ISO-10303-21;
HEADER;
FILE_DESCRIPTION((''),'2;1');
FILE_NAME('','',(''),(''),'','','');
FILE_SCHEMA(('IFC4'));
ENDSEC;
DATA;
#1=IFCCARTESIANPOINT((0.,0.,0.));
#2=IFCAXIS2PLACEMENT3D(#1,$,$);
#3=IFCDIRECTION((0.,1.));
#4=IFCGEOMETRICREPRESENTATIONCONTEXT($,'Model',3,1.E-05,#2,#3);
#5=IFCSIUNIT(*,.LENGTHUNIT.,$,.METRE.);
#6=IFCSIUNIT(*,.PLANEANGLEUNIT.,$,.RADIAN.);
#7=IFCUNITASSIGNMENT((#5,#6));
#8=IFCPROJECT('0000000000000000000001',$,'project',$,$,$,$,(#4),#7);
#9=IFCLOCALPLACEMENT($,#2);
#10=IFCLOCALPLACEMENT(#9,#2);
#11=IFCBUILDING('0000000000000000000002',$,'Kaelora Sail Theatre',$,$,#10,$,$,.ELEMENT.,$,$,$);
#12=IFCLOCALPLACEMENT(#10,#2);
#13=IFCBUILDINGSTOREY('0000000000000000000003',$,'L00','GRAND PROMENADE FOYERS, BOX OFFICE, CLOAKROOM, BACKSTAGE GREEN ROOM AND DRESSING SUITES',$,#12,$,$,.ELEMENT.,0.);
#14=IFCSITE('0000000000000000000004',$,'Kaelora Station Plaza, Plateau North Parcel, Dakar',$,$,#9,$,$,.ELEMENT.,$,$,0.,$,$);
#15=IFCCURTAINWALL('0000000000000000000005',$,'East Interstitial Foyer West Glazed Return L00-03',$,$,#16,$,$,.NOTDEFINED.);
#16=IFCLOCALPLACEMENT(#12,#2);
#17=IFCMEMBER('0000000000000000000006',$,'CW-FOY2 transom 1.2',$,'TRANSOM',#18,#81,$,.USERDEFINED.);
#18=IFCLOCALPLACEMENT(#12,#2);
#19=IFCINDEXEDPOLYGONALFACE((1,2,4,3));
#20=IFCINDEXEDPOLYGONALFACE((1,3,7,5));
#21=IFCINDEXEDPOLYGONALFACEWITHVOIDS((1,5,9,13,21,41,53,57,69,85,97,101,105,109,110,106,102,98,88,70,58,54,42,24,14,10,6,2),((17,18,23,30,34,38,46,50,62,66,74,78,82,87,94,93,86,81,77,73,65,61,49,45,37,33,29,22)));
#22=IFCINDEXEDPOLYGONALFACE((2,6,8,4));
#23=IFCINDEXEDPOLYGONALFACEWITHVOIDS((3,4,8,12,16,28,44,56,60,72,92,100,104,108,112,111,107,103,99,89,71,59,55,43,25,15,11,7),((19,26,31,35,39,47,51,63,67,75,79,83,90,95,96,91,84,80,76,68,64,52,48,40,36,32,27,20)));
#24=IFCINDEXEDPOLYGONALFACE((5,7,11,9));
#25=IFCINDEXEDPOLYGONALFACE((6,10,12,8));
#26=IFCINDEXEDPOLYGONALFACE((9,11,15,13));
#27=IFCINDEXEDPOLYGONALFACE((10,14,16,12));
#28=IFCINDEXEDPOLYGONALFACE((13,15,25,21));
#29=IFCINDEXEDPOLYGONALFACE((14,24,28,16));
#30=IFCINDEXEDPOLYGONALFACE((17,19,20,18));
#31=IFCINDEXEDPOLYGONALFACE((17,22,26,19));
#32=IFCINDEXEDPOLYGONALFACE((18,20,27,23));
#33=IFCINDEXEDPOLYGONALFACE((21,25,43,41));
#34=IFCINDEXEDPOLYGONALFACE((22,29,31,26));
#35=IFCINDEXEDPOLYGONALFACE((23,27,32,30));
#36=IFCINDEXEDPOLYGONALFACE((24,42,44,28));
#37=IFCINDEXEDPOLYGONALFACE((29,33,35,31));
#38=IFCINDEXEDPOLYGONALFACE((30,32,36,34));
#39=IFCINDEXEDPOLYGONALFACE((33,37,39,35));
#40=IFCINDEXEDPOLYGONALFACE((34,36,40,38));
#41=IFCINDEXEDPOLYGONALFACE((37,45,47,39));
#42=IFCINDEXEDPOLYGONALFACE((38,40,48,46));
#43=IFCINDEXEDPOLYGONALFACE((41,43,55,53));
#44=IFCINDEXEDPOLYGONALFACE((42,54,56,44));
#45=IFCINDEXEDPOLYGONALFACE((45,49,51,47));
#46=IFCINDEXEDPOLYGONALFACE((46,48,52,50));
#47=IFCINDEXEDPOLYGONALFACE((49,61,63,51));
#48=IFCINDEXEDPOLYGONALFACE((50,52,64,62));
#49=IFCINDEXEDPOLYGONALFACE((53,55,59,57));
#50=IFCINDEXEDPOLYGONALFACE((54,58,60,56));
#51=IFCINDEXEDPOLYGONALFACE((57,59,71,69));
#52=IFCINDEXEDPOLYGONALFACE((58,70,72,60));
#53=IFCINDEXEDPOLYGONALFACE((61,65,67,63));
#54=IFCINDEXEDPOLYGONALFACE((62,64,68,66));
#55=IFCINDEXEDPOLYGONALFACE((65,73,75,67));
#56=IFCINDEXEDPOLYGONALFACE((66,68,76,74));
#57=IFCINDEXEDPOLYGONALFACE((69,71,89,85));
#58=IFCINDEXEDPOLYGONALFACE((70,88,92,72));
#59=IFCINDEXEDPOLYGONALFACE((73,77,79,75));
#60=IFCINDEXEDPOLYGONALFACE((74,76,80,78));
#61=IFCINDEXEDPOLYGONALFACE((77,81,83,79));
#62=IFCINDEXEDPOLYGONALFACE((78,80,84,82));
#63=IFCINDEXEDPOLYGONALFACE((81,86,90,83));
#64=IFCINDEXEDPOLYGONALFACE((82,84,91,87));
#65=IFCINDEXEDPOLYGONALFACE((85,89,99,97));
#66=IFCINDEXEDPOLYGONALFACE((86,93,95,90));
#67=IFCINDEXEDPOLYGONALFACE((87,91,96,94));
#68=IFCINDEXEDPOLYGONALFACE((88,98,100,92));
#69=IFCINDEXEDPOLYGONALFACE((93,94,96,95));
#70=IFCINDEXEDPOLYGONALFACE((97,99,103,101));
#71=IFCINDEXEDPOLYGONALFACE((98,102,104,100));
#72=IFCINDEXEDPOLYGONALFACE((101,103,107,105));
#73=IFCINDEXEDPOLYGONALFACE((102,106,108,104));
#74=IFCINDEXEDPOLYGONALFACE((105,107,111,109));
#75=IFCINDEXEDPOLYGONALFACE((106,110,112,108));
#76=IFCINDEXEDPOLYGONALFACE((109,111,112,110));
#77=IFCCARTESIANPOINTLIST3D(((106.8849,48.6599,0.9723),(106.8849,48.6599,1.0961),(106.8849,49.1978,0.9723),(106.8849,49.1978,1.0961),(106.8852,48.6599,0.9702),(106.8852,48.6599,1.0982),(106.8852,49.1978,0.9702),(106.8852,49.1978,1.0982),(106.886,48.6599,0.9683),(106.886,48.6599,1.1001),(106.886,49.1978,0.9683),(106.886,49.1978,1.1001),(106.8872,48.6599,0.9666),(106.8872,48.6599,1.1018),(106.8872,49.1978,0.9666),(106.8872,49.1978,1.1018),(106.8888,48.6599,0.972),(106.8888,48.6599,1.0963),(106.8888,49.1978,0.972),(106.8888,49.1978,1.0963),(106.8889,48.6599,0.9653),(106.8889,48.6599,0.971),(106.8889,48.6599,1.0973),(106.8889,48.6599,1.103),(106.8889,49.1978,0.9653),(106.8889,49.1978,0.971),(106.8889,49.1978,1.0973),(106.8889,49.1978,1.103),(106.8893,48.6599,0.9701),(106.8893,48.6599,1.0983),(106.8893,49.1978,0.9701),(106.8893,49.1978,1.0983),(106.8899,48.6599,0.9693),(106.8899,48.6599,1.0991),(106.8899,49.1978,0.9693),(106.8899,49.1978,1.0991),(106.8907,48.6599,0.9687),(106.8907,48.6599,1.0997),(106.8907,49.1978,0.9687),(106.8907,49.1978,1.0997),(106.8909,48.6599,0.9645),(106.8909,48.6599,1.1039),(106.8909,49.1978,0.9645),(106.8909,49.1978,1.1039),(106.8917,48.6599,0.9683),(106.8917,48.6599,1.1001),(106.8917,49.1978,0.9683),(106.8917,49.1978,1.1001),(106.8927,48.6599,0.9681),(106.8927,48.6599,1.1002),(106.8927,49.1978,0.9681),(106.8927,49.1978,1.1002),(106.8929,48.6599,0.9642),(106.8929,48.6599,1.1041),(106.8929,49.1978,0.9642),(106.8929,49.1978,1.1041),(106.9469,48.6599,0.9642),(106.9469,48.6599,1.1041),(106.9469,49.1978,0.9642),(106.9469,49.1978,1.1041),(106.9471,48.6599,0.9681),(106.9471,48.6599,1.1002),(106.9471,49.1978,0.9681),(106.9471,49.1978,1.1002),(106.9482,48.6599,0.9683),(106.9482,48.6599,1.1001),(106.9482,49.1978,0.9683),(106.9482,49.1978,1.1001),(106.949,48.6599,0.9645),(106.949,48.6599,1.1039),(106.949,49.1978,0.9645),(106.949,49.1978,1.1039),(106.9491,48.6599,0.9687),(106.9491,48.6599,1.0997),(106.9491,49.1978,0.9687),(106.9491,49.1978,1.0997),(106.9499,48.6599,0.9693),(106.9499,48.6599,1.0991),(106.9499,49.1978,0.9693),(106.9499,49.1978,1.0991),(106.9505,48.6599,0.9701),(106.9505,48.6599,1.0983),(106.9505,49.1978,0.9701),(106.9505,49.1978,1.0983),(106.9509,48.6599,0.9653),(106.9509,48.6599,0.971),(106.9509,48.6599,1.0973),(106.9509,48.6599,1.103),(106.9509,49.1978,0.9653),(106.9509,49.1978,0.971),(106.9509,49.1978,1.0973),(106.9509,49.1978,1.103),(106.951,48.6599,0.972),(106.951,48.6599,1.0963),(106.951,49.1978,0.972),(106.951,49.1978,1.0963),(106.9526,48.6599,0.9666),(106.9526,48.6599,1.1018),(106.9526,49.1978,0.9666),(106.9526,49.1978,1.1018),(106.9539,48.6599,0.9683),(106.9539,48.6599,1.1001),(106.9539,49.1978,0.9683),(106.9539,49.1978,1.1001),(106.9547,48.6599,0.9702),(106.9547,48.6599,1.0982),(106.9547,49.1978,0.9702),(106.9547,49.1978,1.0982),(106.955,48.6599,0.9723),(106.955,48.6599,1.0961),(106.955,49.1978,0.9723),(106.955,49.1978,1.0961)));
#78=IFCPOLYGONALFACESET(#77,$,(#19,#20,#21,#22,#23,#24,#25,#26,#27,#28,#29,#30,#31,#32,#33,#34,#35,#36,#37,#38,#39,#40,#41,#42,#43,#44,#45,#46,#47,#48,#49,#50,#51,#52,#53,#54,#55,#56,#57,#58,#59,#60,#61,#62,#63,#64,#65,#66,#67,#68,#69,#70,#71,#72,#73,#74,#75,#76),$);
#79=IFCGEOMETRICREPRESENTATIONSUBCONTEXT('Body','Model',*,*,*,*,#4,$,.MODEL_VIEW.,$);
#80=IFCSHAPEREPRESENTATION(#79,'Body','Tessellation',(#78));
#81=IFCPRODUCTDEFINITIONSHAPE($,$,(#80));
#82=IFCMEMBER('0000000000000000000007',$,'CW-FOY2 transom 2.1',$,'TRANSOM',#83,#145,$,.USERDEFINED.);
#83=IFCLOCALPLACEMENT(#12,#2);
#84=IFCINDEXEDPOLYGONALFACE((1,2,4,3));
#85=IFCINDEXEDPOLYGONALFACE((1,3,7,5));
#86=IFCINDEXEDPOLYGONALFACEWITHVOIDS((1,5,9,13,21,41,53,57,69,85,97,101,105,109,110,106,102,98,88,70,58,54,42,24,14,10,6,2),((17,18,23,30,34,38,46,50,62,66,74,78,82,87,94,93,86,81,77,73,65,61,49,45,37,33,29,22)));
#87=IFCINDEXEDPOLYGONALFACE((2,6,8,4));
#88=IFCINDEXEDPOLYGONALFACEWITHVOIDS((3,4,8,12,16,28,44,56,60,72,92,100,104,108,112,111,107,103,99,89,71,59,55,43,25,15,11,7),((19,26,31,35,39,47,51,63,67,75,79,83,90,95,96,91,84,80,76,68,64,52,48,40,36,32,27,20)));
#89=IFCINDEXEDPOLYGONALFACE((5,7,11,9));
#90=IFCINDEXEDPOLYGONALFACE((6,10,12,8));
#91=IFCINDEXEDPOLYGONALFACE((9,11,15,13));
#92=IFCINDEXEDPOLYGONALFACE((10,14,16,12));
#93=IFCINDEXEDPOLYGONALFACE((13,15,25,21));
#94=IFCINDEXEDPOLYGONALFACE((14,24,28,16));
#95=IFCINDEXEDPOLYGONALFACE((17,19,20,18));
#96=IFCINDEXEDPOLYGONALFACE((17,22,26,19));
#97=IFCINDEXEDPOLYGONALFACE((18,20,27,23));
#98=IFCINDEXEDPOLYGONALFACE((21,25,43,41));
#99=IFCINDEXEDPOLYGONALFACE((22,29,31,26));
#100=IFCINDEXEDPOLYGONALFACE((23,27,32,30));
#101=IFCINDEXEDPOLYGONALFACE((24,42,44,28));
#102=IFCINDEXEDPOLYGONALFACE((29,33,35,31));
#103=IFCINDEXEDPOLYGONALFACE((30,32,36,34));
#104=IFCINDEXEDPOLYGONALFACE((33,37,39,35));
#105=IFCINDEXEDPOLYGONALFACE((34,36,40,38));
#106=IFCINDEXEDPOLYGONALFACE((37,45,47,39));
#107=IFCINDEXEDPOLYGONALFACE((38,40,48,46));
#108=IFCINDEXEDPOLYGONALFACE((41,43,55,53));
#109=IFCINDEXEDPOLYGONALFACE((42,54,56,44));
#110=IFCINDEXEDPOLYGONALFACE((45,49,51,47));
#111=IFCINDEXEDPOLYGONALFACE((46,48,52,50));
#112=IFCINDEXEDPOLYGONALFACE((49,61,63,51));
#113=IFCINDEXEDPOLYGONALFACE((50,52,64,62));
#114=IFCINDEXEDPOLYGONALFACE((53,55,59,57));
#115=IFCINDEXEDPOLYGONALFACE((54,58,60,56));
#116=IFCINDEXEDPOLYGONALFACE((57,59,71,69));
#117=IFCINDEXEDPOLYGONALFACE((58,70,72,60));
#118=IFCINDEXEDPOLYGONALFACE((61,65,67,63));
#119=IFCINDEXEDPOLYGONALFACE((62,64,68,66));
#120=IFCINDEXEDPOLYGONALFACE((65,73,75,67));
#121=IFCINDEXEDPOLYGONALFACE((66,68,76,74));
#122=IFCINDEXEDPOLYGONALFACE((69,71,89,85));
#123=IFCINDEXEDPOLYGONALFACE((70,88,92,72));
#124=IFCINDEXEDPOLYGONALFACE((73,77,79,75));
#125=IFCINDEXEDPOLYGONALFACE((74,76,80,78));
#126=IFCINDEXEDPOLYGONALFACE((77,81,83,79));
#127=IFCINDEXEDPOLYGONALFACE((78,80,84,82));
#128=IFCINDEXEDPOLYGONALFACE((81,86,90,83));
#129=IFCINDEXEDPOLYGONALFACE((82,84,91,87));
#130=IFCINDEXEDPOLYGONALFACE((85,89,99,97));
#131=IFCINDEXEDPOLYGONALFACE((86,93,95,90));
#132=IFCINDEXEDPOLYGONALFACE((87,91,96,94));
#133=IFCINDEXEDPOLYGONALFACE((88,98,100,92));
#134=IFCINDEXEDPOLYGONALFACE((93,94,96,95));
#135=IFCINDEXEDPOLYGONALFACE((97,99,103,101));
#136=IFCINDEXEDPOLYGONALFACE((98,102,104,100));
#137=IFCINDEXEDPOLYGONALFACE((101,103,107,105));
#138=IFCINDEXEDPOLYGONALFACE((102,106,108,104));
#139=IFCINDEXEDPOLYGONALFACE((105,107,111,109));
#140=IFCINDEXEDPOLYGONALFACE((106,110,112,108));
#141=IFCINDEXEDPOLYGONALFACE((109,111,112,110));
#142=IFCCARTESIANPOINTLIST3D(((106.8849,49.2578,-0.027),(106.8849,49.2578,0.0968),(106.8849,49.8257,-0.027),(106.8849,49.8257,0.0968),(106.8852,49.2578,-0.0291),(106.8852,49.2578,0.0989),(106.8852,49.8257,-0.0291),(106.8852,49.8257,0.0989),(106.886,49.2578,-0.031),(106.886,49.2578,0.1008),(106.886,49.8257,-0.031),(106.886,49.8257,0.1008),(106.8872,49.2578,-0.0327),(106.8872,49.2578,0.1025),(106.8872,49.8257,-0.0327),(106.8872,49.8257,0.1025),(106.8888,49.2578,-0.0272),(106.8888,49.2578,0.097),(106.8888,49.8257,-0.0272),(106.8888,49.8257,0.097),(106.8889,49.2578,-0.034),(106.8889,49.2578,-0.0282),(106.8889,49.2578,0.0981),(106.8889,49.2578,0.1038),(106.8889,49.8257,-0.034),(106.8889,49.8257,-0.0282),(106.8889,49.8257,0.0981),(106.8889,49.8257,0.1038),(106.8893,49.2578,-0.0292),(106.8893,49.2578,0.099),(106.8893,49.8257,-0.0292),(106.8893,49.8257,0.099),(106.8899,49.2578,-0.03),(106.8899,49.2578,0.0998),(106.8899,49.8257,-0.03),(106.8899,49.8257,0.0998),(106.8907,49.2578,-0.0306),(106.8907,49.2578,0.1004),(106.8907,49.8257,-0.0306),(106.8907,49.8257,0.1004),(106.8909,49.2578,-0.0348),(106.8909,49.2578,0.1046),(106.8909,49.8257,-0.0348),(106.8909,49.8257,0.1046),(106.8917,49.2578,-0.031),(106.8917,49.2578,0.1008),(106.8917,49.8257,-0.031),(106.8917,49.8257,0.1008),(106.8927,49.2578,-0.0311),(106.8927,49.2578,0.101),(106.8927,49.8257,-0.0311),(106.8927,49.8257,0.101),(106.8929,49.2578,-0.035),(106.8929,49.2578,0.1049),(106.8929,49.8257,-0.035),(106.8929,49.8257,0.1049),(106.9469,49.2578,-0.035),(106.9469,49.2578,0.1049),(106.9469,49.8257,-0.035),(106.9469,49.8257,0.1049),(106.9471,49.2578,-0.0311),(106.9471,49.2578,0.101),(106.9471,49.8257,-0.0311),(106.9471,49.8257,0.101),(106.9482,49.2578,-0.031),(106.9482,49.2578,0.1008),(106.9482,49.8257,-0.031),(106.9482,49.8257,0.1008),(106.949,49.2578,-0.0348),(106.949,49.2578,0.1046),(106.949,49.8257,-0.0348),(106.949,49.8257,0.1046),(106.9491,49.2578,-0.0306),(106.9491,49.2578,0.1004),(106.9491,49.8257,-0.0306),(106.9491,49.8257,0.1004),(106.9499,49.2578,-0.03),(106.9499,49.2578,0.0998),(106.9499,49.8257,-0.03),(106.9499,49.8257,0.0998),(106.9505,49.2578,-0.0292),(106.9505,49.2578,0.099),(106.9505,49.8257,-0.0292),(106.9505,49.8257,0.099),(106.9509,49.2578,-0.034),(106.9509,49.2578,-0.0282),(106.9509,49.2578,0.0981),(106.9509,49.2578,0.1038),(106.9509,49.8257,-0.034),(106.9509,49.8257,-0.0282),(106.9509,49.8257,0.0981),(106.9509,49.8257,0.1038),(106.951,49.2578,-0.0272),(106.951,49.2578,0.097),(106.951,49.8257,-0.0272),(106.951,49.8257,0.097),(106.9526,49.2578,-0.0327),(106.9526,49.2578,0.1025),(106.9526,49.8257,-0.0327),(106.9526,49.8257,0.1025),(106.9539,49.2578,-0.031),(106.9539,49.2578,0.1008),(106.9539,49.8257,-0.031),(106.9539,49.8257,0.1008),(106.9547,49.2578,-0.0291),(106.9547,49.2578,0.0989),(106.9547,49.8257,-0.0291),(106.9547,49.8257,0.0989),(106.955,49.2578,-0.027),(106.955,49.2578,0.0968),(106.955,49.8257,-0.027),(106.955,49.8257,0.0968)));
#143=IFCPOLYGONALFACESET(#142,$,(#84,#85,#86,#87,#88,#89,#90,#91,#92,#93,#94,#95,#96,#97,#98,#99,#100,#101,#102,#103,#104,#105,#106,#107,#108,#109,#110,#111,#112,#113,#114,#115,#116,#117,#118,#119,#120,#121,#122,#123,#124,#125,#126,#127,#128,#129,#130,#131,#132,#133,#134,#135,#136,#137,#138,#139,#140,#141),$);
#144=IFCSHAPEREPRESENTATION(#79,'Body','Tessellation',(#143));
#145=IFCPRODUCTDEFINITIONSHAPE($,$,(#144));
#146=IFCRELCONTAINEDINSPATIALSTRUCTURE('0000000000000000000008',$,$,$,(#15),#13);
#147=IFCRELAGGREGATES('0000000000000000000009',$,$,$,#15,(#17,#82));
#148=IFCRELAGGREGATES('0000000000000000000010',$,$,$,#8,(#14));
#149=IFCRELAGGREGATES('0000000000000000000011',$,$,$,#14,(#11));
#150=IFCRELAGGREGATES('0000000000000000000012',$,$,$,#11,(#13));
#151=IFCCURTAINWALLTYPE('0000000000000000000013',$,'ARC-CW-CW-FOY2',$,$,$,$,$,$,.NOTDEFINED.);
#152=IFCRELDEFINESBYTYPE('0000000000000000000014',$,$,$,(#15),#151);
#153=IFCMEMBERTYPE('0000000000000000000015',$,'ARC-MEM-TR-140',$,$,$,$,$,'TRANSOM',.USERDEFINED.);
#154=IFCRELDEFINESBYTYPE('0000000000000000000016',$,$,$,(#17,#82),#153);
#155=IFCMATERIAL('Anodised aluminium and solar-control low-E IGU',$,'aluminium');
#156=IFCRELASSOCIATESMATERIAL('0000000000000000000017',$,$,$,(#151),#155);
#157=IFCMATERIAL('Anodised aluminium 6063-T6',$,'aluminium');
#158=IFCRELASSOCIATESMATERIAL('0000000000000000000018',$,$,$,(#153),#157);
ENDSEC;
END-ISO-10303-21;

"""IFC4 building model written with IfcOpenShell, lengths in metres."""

from ifc_helpers import new_model, si_unit, direction, frame, origin, origin_2d, place, context, subcontext, project, spatial, hollow_rectangle, extrude, material, material_profile, profile_set, type_object, element, aggregate, save


model = new_model("IFC4")

# Units and contexts
model_context = context("Model", 3, precision=1e-05, world=origin(), true_north=direction((0.0, 1.0)))
body_context = subcontext(model_context, "Body", "Model", "MODEL_VIEW")
ifc_project = project(units=[si_unit("LENGTHUNIT", "METRE"), si_unit("PLANEANGLEUNIT", "RADIAN")], contexts=[model_context])

# Site, building, storey
site_placement = place(None, origin())
site = spatial("IfcSite", under=ifc_project, at=site_placement, Name="Kaelora Station Plaza, Plateau North Parcel, Dakar", CompositionType="ELEMENT", RefElevation=0.0)
building_placement = place(site_placement, origin())
building = spatial("IfcBuilding", under=site, at=building_placement, Name="Kaelora Sail Theatre", CompositionType="ELEMENT")
storey_placement = place(building_placement, origin())
storey = spatial("IfcBuildingStorey", under=building, at=storey_placement, Name="L00", Description="GRAND PROMENADE FOYERS, BOX OFFICE, CLOAKROOM, BACKSTAGE GREEN ROOM AND DRESSING SUITES", CompositionType="ELEMENT", Elevation=0.0)

# Shared definitions
ifc_material_1 = material(Name="Anodised aluminium and solar-control low-E IGU", Category="aluminium")
curtain_wall_type = type_object("IfcCurtainWallType", Name="ARC-CW-CW-FOY2", PredefinedType="NOTDEFINED", material=ifc_material_1)

# Curtain wall, members
curtain_wall_1_placement = place(storey_placement, origin())
curtain_wall_1 = element("IfcCurtainWall", 1, at=curtain_wall_1_placement, inside=storey, type_object=curtain_wall_type, Name="East Interstitial Foyer West Glazed Return L00-03", PredefinedType="NOTDEFINED")
ifc_material_2 = material(Name="Anodised aluminium 6063-T6", Category="aluminium")
ifc_material_profile_1 = material_profile(ifc_material_2, hollow_rectangle(XDim=0.0701, YDim=0.1399, WallThickness=0.0039, InnerFilletRadius=0.0039, OuterFilletRadius=0.0081, at=origin_2d()), Name="ALU-TRAN 70x140x4")
ifc_profile_set_1 = profile_set([ifc_material_profile_1], Name="Anodised aluminium 6063-T6")
member_type_1 = type_object("IfcMemberType", Name="ARC-MEM-TR-140", ElementType="TRANSOM", PredefinedType="USERDEFINED", material=ifc_profile_set_1)
member_1_placement = place(storey_placement, frame((106.9199, 48.6599, 1.0342), z_axis=(0.0, 1.0, 0.0), x_axis=(-1.0, 0.0, 0.0)))
member_1 = element("IfcMember", 2, at=member_1_placement, type_object=member_type_1, Name="CW-FOY2 transom 1.2", ObjectType="TRANSOM", PredefinedType="USERDEFINED", context=body_context, shape_type="SweptSolid", body=[
    extrude(hollow_rectangle(XDim=0.0701, YDim=0.1399, WallThickness=0.0039, InnerFilletRadius=0.0039, OuterFilletRadius=0.0081, at=origin_2d()), origin(), (0.0, 0.0, 1.0), 0.5378),
])
member_2_placement = place(storey_placement, frame((106.9199, 49.2578, 0.0349), z_axis=(0.0, 1.0, 0.0), x_axis=(-1.0, 0.0, 0.0)))
member_2 = element("IfcMember", 3, at=member_2_placement, type_object=member_type_1, Name="CW-FOY2 transom 2.1", ObjectType="TRANSOM", PredefinedType="USERDEFINED", context=body_context, shape_type="SweptSolid", body=[
    extrude(hollow_rectangle(XDim=0.0701, YDim=0.1399, WallThickness=0.0039, InnerFilletRadius=0.0039, OuterFilletRadius=0.0081, at=origin_2d()), origin(), (0.0, 0.0, 1.0), 0.5679),
])

aggregate(curtain_wall_1, [member_1, member_2])

save(model, "model.ifc")
